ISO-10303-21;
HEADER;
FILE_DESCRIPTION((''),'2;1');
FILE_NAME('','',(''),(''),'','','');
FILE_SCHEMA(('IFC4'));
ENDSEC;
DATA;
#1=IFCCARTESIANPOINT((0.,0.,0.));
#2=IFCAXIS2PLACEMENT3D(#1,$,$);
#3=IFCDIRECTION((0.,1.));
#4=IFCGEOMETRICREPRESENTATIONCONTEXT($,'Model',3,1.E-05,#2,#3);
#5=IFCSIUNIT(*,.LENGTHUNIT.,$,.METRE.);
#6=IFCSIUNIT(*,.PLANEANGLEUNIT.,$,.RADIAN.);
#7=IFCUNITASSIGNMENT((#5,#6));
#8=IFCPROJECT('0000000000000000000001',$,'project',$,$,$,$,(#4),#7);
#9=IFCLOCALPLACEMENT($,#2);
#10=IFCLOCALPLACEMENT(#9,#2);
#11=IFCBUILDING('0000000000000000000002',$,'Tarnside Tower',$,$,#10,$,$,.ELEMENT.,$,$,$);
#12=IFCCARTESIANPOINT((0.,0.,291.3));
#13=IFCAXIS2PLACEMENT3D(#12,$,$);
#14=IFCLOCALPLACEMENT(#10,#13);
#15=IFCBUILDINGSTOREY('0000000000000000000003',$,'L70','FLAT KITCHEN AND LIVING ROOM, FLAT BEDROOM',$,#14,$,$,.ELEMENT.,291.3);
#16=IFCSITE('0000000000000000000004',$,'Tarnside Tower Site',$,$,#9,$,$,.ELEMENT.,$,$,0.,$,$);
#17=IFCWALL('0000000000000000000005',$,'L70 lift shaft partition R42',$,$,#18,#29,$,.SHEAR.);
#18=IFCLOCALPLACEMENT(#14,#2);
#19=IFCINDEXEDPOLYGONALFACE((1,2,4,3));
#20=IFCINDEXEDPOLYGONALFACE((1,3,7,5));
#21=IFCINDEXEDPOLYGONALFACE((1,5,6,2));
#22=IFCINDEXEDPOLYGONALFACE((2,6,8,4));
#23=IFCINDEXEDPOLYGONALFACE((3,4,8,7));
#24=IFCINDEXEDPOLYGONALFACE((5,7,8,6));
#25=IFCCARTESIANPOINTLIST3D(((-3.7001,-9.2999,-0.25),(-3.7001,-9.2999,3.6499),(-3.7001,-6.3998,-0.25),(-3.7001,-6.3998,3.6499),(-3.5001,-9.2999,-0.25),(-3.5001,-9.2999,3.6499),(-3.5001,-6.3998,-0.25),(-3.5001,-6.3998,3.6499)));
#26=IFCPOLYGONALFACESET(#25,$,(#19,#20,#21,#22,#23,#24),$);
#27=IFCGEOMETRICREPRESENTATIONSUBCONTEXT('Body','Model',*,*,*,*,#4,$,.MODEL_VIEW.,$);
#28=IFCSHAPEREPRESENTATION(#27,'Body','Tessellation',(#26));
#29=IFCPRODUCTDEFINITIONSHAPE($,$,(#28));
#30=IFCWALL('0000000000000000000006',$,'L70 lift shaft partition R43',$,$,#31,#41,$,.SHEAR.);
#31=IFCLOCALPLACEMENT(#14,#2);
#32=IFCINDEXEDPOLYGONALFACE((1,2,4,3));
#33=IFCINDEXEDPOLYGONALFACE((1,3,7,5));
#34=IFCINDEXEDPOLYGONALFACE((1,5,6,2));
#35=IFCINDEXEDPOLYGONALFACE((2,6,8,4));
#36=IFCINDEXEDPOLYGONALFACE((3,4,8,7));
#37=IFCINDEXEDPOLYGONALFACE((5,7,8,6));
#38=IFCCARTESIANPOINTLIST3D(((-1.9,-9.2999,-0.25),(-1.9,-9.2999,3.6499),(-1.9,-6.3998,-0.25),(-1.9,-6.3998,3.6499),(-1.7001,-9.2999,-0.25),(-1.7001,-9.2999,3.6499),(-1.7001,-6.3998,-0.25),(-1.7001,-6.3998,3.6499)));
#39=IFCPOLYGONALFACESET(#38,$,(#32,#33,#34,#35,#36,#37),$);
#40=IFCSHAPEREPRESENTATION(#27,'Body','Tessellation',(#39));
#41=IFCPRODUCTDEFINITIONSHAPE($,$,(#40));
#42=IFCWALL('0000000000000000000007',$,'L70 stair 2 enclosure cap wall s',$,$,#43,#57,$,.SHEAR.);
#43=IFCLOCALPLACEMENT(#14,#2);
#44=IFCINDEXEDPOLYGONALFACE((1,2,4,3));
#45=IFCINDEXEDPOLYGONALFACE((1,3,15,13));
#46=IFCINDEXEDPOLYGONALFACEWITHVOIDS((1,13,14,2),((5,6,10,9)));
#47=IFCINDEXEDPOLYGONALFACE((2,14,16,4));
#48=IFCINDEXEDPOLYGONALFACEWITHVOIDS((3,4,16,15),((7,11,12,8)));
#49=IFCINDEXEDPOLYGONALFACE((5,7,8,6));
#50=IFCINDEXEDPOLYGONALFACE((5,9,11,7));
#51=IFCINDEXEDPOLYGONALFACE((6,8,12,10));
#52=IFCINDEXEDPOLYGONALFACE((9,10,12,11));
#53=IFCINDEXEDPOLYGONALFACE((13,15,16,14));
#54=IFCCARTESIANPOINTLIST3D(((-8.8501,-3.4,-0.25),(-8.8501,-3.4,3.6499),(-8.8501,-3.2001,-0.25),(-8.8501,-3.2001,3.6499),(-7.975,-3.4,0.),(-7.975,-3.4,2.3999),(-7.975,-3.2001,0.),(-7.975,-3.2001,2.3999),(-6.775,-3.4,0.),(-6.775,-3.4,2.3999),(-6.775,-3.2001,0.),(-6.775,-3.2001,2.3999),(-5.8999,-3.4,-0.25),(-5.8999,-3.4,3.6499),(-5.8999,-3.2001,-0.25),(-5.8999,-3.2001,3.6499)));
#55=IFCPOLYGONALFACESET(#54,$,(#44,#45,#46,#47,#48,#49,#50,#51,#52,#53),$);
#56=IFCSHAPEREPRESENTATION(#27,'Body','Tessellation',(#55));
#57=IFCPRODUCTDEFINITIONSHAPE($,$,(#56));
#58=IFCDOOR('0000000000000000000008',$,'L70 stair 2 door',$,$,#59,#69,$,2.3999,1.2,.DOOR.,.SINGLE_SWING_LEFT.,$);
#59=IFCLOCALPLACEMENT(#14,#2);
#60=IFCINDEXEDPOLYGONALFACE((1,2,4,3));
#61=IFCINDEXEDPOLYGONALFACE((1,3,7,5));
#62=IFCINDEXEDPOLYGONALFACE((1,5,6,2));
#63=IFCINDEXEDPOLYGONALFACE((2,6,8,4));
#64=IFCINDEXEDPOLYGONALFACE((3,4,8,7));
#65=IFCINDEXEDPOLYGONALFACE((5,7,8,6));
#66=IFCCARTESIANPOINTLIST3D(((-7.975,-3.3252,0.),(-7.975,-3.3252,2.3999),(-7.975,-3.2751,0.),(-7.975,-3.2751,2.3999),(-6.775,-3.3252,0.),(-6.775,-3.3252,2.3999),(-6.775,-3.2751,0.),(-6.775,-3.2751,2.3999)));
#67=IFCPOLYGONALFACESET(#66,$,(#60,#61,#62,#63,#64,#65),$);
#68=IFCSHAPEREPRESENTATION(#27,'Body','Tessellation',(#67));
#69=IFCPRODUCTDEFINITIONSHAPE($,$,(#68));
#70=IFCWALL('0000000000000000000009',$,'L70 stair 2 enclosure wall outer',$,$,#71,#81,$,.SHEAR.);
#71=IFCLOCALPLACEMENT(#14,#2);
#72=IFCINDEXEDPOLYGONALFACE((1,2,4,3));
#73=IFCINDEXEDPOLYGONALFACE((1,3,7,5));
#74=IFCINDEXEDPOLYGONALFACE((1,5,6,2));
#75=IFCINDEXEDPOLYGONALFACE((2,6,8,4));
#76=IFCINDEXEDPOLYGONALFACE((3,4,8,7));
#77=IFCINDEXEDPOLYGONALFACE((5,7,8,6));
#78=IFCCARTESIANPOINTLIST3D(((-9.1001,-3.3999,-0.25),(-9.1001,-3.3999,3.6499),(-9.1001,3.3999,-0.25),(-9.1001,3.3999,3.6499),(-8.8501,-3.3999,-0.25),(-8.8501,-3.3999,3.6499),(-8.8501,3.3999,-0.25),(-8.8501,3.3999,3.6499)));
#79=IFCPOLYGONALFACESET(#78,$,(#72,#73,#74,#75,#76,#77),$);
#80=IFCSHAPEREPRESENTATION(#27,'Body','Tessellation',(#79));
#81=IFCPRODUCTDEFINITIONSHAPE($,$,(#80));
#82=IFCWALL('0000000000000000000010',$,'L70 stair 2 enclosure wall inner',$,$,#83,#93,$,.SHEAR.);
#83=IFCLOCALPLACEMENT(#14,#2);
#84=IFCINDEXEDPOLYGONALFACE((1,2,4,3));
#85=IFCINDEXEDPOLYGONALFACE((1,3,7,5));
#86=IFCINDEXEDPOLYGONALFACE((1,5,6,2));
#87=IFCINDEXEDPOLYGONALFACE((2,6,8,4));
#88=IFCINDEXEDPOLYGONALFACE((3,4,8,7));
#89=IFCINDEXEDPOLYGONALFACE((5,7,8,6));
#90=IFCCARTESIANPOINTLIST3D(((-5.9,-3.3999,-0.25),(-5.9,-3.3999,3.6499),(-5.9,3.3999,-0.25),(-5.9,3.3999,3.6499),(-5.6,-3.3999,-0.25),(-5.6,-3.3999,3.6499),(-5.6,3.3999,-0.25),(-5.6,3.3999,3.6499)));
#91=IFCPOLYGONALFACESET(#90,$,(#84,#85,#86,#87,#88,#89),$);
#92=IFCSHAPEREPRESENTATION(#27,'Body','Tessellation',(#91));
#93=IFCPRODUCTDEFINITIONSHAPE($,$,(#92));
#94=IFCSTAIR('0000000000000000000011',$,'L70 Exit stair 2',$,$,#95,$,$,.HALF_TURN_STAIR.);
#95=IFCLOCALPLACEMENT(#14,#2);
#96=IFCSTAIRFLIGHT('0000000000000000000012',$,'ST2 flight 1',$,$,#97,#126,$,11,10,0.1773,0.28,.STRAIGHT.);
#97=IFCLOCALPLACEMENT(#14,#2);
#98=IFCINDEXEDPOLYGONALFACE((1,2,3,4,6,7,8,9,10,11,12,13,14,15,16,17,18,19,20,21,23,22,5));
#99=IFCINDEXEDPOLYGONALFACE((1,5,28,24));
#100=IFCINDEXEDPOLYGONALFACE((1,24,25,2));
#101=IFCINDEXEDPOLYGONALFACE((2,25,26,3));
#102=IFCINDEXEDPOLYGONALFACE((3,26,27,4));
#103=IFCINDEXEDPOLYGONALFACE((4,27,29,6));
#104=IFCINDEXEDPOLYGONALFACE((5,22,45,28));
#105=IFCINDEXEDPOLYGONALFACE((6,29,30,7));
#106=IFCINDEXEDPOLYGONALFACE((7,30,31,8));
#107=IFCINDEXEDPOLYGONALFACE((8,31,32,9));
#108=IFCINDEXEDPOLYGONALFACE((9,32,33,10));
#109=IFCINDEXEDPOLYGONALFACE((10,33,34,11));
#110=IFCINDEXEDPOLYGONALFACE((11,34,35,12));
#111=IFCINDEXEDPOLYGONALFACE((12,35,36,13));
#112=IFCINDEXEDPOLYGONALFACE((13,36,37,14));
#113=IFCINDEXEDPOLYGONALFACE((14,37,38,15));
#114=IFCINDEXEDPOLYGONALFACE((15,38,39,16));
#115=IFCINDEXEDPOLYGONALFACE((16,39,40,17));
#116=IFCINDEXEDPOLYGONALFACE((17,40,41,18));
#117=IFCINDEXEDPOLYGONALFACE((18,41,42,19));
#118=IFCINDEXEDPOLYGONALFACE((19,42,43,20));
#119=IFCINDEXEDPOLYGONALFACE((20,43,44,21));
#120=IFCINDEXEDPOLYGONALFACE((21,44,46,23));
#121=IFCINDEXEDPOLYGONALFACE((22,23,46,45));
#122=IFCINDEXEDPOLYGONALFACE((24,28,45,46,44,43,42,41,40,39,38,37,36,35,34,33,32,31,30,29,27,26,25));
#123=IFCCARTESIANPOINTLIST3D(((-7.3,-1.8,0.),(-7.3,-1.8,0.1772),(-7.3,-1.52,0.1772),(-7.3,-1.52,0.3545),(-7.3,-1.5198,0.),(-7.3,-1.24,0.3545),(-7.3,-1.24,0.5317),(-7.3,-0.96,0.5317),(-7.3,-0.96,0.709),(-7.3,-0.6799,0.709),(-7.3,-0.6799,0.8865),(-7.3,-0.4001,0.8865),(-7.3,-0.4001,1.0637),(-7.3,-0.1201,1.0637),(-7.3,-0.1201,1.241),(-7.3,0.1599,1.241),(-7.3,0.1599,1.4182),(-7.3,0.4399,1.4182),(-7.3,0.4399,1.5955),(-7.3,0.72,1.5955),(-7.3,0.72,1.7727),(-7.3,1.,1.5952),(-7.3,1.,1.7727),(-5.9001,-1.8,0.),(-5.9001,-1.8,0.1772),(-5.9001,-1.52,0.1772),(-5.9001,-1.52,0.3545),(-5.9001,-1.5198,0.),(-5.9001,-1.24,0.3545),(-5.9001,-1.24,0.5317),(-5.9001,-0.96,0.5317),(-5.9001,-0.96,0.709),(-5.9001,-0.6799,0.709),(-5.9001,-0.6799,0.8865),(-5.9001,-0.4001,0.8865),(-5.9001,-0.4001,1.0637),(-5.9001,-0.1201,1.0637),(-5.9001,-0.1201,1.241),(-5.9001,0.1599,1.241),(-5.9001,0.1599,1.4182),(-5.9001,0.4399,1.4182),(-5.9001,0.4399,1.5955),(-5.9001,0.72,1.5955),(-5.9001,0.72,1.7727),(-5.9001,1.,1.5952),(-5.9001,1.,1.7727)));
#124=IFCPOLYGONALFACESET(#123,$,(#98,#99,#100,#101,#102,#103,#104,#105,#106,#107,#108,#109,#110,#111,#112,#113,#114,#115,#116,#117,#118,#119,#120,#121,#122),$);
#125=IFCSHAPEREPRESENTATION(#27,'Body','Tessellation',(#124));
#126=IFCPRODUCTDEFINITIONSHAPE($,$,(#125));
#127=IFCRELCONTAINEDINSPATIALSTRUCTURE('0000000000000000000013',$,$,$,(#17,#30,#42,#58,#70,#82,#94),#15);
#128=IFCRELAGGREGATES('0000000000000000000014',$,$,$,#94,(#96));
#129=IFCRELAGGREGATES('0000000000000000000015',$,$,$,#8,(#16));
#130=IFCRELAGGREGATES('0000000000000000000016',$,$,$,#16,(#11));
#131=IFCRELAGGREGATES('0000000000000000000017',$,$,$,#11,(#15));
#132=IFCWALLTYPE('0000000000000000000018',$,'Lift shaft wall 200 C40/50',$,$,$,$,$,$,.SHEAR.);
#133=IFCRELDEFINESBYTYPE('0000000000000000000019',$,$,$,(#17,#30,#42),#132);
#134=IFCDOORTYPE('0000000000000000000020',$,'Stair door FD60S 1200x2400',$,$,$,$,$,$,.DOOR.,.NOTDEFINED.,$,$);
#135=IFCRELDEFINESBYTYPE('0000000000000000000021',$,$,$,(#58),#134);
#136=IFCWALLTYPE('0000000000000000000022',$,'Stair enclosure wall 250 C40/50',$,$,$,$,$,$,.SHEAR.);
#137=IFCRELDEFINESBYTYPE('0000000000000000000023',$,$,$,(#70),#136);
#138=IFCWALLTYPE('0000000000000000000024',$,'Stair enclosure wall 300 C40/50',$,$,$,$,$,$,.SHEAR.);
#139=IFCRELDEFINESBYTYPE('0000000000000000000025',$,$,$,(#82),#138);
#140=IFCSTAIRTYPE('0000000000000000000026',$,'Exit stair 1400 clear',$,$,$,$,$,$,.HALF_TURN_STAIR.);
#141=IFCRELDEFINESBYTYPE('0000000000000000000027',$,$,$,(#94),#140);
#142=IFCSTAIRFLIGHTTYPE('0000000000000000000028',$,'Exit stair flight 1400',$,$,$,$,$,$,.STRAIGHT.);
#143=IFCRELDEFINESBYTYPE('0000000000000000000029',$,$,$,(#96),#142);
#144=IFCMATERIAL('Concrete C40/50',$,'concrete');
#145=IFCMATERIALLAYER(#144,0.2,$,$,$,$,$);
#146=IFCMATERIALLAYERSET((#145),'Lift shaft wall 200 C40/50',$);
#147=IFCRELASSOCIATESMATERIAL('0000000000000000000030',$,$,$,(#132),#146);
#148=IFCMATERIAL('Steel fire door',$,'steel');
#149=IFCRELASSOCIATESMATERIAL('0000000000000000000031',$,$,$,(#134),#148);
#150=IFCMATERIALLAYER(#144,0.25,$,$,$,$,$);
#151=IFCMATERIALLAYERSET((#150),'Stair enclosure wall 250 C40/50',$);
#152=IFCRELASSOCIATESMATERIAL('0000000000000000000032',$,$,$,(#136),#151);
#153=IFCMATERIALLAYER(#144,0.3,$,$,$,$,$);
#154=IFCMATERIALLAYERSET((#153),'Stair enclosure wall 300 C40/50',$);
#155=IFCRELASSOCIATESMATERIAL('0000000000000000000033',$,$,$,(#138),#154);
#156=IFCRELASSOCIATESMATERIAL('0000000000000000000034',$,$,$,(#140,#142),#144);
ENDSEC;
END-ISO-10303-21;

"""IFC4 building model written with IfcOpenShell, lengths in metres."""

from ifc_helpers import new_model, si_unit, direction, frame, frame_2d, origin, place, context, subcontext, project, spatial, polyline, rectangle, outline, extrude, material, layer, layer_set, type_object, element, fill, aggregate, save


model = new_model("IFC4")

# Units and contexts
model_context = context("Model", 3, precision=1e-05, world=origin(), true_north=direction((0.0, 1.0)))
body_context = subcontext(model_context, "Body", "Model", "MODEL_VIEW")
ifc_project = project(units=[si_unit("LENGTHUNIT", "METRE"), si_unit("PLANEANGLEUNIT", "RADIAN")], contexts=[model_context])

# Site, building, storey
site_placement = place(None, origin())
site = spatial("IfcSite", under=ifc_project, at=site_placement, Name="Tarnside Tower Site", CompositionType="ELEMENT", RefElevation=0.0)
building_placement = place(site_placement, origin())
building = spatial("IfcBuilding", under=site, at=building_placement, Name="Tarnside Tower", CompositionType="ELEMENT")
storey_placement = place(building_placement, frame((0.0, 0.0, 291.3)))
storey = spatial("IfcBuildingStorey", under=building, at=storey_placement, Name="L70", Description="FLAT KITCHEN AND LIVING ROOM, FLAT BEDROOM", CompositionType="ELEMENT", Elevation=291.3)

# Shared definitions
ifc_material_1 = material(Name="Concrete C40/50", Category="concrete")
ifc_layer_1 = layer(ifc_material_1, 0.2)
ifc_layer_set_1 = layer_set([ifc_layer_1], Name="Lift shaft wall 200 C40/50")
wall_type_1 = type_object("IfcWallType", Name="Lift shaft wall 200 C40/50", PredefinedType="SHEAR", material=ifc_layer_set_1)

# Walls
for number, where, z_axis, x_axis, name in (
    (1, (-3.6001, -9.3, -0.25), (0.0, 0.0, 1.0), (0.0, 1.0, 0.0), "L70 lift shaft partition R42"),
    (2, (-1.8, -9.3, -0.25), (0.0, 0.0, 1.0), (0.0, 1.0, 0.0), "L70 lift shaft partition R43"),
):
    element("IfcWall", number, at=place(storey_placement, frame(where, z_axis=z_axis, x_axis=x_axis)), inside=storey, type_object=wall_type_1, Name=name, PredefinedType="SHEAR", context=body_context, shape_type="SweptSolid", body=[
        extrude(rectangle(XDim=2.9001, YDim=0.2, at=frame_2d((1.4502, 0.0))), origin(), (0.0, 0.0, 1.0), 3.8999),
    ])

# Wall, opening, door
wall_1_placement = place(storey_placement, frame((-8.8501, -3.3, -0.25), z_axis=(0.0, 0.0, 1.0), x_axis=(1.0, 0.0, 0.0)))
wall_1 = element("IfcWall", 3, at=wall_1_placement, inside=storey, type_object=wall_type_1, Name="L70 stair 2 enclosure cap wall s", PredefinedType="SHEAR", context=body_context, shape_type="SweptSolid", body=[
    extrude(rectangle(XDim=2.9502, YDim=0.2, at=frame_2d((1.4751, 0.0))), origin(), (0.0, 0.0, 1.0), 3.8999),
])
opening_1_placement = place(wall_1_placement, frame((0.875, 0.0, 0.25)))
opening_1 = element("IfcOpeningElement", 4, at=opening_1_placement, cuts=wall_1, PredefinedType="OPENING", context=body_context, shape_type="SweptSolid", body=[
    extrude(rectangle(XDim=1.2, YDim=2.3999, at=frame_2d((0.6001, 1.2))), frame((0.0, 0.1099, 0.0), z_axis=(0.0, -1.0, 0.0), x_axis=(1.0, 0.0, 0.0)), (0.0, 0.0, 1.0), 0.22),
])
ifc_material_2 = material(Name="Steel fire door", Category="steel")
door_type_1 = type_object("IfcDoorType", Name="Stair door FD60S 1200x2400", OperationType="NOTDEFINED", PredefinedType="DOOR", material=ifc_material_2)
door_1_placement = place(opening_1_placement, origin())
door_1 = element("IfcDoor", 5, at=door_1_placement, inside=storey, type_object=door_type_1, Name="L70 stair 2 door", OperationType="SINGLE_SWING_LEFT", OverallHeight=2.3999, OverallWidth=1.2, PredefinedType="DOOR", context=body_context, shape_type="SweptSolid", body=[
    extrude(rectangle(XDim=1.2, YDim=2.3999, at=frame_2d((0.6001, 1.2))), frame((0.0, 0.0249, 0.0), z_axis=(0.0, -1.0, 0.0), x_axis=(1.0, 0.0, 0.0)), (0.0, 0.0, 1.0), 0.05),
])
fill(opening_1, door_1)

# Walls
ifc_layer_2 = layer(ifc_material_1, 0.25)
ifc_layer_set_2 = layer_set([ifc_layer_2], Name="Stair enclosure wall 250 C40/50")
wall_type_2 = type_object("IfcWallType", Name="Stair enclosure wall 250 C40/50", PredefinedType="SHEAR", material=ifc_layer_set_2)
wall_2_placement = place(storey_placement, frame((-8.9751, -3.3999, -0.25), z_axis=(0.0, 0.0, 1.0), x_axis=(0.0, 1.0, 0.0)))
element("IfcWall", 6, at=wall_2_placement, inside=storey, type_object=wall_type_2, Name="L70 stair 2 enclosure wall outer", PredefinedType="SHEAR", context=body_context, shape_type="SweptSolid", body=[
    extrude(rectangle(XDim=6.7998, YDim=0.25, at=frame_2d((3.3999, 0.0))), origin(), (0.0, 0.0, 1.0), 3.8999),
])
ifc_layer_3 = layer(ifc_material_1, 0.3)
ifc_layer_set_3 = layer_set([ifc_layer_3], Name="Stair enclosure wall 300 C40/50")
wall_type_3 = type_object("IfcWallType", Name="Stair enclosure wall 300 C40/50", PredefinedType="SHEAR", material=ifc_layer_set_3)
wall_3_placement = place(storey_placement, frame((-5.75, -3.3999, -0.25), z_axis=(0.0, 0.0, 1.0), x_axis=(0.0, 1.0, 0.0)))
element("IfcWall", 7, at=wall_3_placement, inside=storey, type_object=wall_type_3, Name="L70 stair 2 enclosure wall inner", PredefinedType="SHEAR", context=body_context, shape_type="SweptSolid", body=[
    extrude(rectangle(XDim=6.7998, YDim=0.3, at=frame_2d((3.3999, 0.0))), origin(), (0.0, 0.0, 1.0), 3.8999),
])

# Stair, stair flight
stair_type = type_object("IfcStairType", Name="Exit stair 1400 clear", PredefinedType="HALF_TURN_STAIR", material=ifc_material_1)
stair_placement = place(storey_placement, origin())
stair = element("IfcStair", 8, at=stair_placement, inside=storey, type_object=stair_type, Name="L70 Exit stair 2", PredefinedType="HALF_TURN_STAIR")
stair_flight_type = type_object("IfcStairFlightType", Name="Exit stair flight 1400", PredefinedType="STRAIGHT", material=ifc_material_1)
stair_flight_placement = place(storey_placement, frame((-6.6001, -1.8, 0.0), z_axis=(0.0, 0.0, 1.0), x_axis=(0.0, 1.0, 0.0)))
stair_flight = element("IfcStairFlight", 9, at=stair_flight_placement, type_object=stair_flight_type, Name="ST2 flight 1", NumberOfRisers=11, NumberOfTreads=10, PredefinedType="STRAIGHT", RiserHeight=0.1773, TreadLength=0.28, context=body_context, shape_type="SweptSolid", body=[
    extrude(outline(polyline([(0.0, 0.0), (0.0, 0.1772), (0.28, 0.1772), (0.28, 0.3545), (0.5601, 0.3545), (0.5601, 0.5317), (0.8401, 0.5317), (0.8401, 0.709), (1.1201, 0.709), (1.1201, 0.8865), (1.3999, 0.8865), (1.3999, 1.0637), (1.6799, 1.0637), (1.6799, 1.241), (1.96, 1.241), (1.96, 1.4182), (2.24, 1.4182), (2.24, 1.5955), (2.52, 1.5955), (2.52, 1.7727), (2.8, 1.7727), (2.8, 1.95), (2.8, 1.5952), (0.2803, 0.0), (0.0, 0.0)])), frame((0.0, 0.7, 0.0), z_axis=(0.0, -1.0, 0.0), x_axis=(1.0, 0.0, 0.0)), (0.0, 0.0, 1.0), 1.3999),
])
aggregate(stair, [stair_flight])

save(model, "model.ifc")
